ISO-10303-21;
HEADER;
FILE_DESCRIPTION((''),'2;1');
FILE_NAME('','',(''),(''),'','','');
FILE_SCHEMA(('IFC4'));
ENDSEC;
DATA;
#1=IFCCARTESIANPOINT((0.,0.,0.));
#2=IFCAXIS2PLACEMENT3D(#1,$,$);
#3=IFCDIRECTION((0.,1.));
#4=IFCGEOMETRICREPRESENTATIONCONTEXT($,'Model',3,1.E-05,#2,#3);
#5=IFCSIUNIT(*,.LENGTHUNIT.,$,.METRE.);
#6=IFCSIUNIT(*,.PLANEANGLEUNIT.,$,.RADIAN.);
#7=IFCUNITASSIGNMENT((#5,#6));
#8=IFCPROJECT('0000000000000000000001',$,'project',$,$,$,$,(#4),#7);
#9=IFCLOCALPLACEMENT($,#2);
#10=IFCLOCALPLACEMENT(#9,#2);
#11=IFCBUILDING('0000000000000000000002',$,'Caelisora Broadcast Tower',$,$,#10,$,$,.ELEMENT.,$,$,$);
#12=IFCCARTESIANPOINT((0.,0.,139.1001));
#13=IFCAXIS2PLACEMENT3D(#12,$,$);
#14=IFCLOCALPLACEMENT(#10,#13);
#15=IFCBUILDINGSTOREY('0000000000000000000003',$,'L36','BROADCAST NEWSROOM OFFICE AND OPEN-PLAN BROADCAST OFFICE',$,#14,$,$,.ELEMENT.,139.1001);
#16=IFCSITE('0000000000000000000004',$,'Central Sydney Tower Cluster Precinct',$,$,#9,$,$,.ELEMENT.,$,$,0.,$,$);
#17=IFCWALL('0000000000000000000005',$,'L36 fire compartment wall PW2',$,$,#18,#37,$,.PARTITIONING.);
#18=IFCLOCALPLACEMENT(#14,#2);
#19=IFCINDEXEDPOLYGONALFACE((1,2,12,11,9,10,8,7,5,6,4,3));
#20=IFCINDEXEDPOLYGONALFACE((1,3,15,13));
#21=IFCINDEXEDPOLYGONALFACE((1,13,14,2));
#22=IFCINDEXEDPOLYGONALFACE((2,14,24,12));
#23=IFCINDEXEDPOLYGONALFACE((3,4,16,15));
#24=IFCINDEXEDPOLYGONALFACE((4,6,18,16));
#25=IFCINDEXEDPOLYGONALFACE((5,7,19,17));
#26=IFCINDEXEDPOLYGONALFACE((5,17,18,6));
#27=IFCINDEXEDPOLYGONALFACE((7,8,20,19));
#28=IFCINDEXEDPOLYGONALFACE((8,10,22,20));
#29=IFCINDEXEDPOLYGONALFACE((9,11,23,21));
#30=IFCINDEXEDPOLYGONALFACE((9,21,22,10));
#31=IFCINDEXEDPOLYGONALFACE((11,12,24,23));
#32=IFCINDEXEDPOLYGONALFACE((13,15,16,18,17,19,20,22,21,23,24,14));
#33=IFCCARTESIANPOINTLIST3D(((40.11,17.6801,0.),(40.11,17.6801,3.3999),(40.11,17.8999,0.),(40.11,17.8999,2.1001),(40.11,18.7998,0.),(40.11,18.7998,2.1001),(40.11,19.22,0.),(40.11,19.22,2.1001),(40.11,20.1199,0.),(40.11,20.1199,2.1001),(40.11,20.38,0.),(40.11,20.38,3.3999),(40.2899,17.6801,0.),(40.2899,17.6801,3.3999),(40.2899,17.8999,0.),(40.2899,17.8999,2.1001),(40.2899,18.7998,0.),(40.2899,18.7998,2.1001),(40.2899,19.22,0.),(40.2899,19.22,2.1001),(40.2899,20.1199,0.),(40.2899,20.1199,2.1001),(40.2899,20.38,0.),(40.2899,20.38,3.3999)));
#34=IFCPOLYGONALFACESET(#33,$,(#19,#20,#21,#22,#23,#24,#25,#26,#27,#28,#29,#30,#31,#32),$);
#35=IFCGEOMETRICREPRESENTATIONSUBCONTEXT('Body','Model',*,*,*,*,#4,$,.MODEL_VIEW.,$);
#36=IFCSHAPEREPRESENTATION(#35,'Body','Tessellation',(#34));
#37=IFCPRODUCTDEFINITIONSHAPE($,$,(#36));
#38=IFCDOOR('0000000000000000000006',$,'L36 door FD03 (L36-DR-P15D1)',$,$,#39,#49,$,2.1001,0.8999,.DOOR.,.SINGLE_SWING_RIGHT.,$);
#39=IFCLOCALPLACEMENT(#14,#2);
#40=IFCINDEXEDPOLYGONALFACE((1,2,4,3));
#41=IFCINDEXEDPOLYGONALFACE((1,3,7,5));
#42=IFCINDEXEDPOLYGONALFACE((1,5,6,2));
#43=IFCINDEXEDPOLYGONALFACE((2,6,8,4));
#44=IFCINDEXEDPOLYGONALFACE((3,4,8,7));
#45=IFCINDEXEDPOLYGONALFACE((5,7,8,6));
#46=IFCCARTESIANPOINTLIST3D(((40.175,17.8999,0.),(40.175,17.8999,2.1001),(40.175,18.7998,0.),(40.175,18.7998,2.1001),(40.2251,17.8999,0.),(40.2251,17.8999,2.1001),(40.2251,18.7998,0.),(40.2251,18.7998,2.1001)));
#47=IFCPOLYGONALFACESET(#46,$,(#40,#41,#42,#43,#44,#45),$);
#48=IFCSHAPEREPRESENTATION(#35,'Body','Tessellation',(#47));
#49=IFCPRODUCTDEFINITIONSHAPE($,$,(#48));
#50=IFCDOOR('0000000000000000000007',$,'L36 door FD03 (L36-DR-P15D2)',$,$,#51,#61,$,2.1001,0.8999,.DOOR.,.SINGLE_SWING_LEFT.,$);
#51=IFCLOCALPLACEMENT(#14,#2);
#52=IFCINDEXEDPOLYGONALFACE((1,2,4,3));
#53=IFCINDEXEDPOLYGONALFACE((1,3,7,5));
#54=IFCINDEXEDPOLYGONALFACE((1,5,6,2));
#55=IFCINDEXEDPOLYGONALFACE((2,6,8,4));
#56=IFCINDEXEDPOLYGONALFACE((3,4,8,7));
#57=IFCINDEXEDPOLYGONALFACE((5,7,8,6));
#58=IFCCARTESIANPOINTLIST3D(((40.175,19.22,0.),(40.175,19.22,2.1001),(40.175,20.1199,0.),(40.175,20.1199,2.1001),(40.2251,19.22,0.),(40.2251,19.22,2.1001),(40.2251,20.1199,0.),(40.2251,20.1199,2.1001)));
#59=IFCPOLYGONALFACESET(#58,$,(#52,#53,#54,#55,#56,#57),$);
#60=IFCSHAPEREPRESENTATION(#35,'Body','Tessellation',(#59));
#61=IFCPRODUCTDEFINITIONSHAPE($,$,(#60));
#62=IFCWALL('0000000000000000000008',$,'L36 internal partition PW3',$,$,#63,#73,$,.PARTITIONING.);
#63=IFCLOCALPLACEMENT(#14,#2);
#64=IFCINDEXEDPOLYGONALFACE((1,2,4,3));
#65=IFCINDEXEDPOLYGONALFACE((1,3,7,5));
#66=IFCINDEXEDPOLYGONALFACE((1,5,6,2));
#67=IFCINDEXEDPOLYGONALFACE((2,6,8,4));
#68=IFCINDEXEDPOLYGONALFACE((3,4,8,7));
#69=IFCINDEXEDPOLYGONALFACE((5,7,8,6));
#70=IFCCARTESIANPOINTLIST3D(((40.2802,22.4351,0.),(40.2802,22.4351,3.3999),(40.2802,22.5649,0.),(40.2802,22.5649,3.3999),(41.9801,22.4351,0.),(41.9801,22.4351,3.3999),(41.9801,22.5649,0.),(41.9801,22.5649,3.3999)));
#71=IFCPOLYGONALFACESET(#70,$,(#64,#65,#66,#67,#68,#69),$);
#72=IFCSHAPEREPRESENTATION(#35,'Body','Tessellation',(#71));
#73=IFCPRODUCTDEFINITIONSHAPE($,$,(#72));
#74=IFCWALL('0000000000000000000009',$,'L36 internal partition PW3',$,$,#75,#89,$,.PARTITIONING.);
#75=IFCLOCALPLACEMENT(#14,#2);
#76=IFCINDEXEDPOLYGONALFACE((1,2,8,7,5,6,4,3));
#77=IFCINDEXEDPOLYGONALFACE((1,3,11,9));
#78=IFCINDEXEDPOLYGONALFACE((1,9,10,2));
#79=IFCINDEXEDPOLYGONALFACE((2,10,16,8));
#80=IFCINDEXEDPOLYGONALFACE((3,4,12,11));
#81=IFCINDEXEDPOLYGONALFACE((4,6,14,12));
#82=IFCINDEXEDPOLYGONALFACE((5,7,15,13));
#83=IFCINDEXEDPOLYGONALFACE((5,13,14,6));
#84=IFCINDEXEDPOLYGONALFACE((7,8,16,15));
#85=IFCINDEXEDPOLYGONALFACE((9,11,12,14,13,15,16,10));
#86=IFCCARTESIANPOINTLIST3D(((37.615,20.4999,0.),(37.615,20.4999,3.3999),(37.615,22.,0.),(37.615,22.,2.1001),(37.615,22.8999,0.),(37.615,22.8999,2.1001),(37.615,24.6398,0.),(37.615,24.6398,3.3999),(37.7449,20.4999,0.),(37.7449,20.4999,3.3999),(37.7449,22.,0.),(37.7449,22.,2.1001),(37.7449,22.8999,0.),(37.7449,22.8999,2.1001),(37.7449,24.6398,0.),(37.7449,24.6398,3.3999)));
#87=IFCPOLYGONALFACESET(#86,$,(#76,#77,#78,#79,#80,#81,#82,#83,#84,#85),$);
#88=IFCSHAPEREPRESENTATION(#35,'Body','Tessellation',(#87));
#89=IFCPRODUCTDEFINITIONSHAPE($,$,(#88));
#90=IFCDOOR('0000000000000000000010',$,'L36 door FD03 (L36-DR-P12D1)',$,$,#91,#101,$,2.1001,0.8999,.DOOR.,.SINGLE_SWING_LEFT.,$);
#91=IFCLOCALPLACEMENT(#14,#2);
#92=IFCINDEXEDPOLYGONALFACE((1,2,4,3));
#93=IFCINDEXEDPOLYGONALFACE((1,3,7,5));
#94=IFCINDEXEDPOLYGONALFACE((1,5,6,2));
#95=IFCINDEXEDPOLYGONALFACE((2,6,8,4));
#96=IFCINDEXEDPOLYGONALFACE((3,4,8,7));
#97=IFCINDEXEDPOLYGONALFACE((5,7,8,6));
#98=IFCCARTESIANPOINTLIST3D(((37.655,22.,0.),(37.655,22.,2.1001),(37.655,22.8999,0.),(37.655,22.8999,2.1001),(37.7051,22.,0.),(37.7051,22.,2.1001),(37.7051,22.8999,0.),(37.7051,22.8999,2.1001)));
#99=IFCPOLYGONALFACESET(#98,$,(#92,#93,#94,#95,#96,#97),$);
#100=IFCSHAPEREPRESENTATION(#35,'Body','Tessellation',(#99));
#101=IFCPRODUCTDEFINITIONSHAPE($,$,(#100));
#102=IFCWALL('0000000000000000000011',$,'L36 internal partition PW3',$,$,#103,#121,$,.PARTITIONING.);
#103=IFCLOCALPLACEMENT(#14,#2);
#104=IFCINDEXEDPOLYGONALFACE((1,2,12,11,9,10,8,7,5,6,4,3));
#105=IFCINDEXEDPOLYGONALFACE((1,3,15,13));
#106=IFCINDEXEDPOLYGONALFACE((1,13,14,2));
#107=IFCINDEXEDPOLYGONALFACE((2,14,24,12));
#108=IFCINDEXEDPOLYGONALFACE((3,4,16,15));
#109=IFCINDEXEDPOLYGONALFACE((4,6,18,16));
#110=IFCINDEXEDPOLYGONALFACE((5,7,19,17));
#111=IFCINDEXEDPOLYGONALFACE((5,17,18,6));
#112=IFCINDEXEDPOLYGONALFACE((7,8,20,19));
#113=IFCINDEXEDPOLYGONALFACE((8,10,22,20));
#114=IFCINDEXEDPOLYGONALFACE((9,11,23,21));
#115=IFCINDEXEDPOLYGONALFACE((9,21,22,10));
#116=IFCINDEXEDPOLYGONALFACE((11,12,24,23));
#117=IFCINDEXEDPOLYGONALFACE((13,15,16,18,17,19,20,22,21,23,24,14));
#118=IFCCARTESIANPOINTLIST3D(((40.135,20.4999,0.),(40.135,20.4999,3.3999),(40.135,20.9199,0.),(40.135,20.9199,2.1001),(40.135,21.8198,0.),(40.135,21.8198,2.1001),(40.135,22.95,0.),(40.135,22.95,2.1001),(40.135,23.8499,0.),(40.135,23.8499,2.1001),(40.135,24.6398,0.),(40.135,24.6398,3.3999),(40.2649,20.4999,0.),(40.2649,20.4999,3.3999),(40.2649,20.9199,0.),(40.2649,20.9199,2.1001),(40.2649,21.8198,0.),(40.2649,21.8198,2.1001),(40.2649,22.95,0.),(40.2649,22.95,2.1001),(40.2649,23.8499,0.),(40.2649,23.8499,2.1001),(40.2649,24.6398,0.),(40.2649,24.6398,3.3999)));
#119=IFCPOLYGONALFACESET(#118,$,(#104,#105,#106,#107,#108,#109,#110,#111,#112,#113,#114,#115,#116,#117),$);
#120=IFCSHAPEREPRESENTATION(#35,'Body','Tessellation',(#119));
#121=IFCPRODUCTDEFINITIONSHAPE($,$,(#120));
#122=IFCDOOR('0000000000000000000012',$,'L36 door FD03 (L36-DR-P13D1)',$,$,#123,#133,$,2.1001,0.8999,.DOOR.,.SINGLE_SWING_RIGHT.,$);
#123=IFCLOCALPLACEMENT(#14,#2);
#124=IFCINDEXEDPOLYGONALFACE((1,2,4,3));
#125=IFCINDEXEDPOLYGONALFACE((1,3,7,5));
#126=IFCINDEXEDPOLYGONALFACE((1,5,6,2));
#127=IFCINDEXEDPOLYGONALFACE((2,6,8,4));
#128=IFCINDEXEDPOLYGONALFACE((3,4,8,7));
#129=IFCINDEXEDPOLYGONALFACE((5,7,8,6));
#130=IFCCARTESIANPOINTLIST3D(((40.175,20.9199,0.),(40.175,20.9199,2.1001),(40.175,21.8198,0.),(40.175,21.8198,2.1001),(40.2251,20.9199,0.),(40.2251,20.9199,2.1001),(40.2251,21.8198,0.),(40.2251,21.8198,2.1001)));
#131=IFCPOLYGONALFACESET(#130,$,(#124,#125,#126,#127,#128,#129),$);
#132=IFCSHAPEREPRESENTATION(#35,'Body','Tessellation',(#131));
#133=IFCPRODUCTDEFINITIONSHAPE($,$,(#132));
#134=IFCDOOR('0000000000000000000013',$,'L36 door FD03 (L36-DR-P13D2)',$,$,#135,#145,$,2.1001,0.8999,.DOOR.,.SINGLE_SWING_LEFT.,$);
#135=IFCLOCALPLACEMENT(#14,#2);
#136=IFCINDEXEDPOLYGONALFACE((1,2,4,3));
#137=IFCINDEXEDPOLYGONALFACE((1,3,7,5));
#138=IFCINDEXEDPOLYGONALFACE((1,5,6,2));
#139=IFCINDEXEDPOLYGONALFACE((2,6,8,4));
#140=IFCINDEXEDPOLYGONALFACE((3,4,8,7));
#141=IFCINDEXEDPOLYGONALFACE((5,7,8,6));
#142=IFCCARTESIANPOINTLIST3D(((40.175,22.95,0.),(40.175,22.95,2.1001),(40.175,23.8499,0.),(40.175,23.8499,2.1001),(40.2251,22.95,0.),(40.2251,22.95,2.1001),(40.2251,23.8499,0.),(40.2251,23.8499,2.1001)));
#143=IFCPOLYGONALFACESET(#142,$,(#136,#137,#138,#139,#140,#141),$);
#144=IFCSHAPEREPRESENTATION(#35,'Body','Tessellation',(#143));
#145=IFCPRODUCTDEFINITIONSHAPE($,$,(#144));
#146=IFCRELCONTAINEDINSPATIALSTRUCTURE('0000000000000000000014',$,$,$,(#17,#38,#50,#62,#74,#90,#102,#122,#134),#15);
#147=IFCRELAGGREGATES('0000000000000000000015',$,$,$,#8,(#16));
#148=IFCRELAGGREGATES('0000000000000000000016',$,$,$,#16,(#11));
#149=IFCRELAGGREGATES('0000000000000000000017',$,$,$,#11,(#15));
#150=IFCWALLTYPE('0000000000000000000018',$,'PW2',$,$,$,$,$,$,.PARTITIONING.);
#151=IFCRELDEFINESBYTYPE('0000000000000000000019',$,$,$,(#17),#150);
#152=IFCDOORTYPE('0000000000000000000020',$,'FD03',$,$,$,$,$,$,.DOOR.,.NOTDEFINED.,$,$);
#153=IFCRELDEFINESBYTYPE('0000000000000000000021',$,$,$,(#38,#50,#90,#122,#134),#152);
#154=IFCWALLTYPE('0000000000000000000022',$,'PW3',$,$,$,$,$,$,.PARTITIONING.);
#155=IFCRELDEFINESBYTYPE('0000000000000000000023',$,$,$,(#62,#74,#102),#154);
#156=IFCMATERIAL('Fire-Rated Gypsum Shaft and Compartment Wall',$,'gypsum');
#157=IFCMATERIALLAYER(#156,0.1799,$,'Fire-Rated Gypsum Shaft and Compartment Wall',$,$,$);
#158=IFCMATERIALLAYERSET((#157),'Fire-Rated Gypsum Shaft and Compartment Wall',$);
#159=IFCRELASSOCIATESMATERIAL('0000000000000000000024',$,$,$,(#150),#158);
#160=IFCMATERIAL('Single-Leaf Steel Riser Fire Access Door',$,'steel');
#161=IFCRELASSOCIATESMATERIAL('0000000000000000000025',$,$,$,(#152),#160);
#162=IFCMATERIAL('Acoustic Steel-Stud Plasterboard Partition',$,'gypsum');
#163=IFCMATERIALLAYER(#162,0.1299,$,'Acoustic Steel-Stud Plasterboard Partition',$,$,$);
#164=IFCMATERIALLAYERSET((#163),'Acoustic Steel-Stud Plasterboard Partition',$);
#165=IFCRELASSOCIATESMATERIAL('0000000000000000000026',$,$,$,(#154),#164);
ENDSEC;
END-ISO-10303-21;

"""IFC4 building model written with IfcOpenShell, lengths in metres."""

from ifc_helpers import new_model, si_unit, direction, frame, frame_2d, origin, place, context, subcontext, project, spatial, rectangle, extrude, material, layer, layer_set, type_object, element, fill, save


model = new_model("IFC4")

# Units and contexts
model_context = context("Model", 3, precision=1e-05, world=origin(), true_north=direction((0.0, 1.0)))
body_context = subcontext(model_context, "Body", "Model", "MODEL_VIEW")
ifc_project = project(units=[si_unit("LENGTHUNIT", "METRE"), si_unit("PLANEANGLEUNIT", "RADIAN")], contexts=[model_context])

# Site, building, storey
site_placement = place(None, origin())
site = spatial("IfcSite", under=ifc_project, at=site_placement, Name="Central Sydney Tower Cluster Precinct", CompositionType="ELEMENT", RefElevation=0.0)
building_placement = place(site_placement, origin())
building = spatial("IfcBuilding", under=site, at=building_placement, Name="Caelisora Broadcast Tower", CompositionType="ELEMENT")
storey_placement = place(building_placement, frame((0.0, 0.0, 139.1001)))
storey = spatial("IfcBuildingStorey", under=building, at=storey_placement, Name="L36", Description="BROADCAST NEWSROOM OFFICE AND OPEN-PLAN BROADCAST OFFICE", CompositionType="ELEMENT", Elevation=139.1001)

# Shared definitions
ifc_material_1 = material(Name="Fire-Rated Gypsum Shaft and Compartment Wall", Category="gypsum")
ifc_layer_1 = layer(ifc_material_1, 0.1799, Name="Fire-Rated Gypsum Shaft and Compartment Wall")
ifc_layer_set_1 = layer_set([ifc_layer_1], Name="Fire-Rated Gypsum Shaft and Compartment Wall")
wall_type_1 = type_object("IfcWallType", Name="PW2", PredefinedType="PARTITIONING", material=ifc_layer_set_1)

# Wall, openings, doors
wall_1_placement = place(storey_placement, frame((40.2, 17.6799, 0.0), z_axis=(0.0, 0.0, 1.0), x_axis=(0.0, 1.0, 0.0)))
wall_1 = element("IfcWall", 1, at=wall_1_placement, inside=storey, type_object=wall_type_1, Name="L36 fire compartment wall PW2", PredefinedType="PARTITIONING", context=body_context, shape_type="SweptSolid", body=[
    extrude(rectangle(XDim=2.7, YDim=0.1799, at=frame_2d((1.3501, 0.0))), origin(), (0.0, 0.0, 1.0), 3.3999),
])
opening_1_placement = place(wall_1_placement, frame((0.22, 0.0, 0.0)))
opening_1 = element("IfcOpeningElement", 2, at=opening_1_placement, cuts=wall_1, PredefinedType="OPENING", context=body_context, shape_type="SweptSolid", body=[
    extrude(rectangle(XDim=0.8999, YDim=2.1001, at=frame_2d((0.45, 1.05))), frame((0.0, 0.1021, 0.0), z_axis=(0.0, -1.0, 0.0), x_axis=(1.0, 0.0, 0.0)), (0.0, 0.0, 1.0), 0.2039),
])
opening_2_placement = place(wall_1_placement, frame((1.54, 0.0, 0.0)))
opening_2 = element("IfcOpeningElement", 3, at=opening_2_placement, cuts=wall_1, PredefinedType="OPENING", context=body_context, shape_type="SweptSolid", body=[
    extrude(rectangle(XDim=0.8999, YDim=2.1001, at=frame_2d((0.45, 1.05))), frame((0.0, 0.1021, 0.0), z_axis=(0.0, -1.0, 0.0), x_axis=(1.0, 0.0, 0.0)), (0.0, 0.0, 1.0), 0.2039),
])
ifc_material_2 = material(Name="Single-Leaf Steel Riser Fire Access Door", Category="steel")
door_type_1 = type_object("IfcDoorType", Name="FD03", OperationType="NOTDEFINED", PredefinedType="DOOR", material=ifc_material_2)
door_1_placement = place(opening_1_placement, origin())
door_1 = element("IfcDoor", 4, at=door_1_placement, inside=storey, type_object=door_type_1, Name="L36 door FD03 (L36-DR-P15D1)", OperationType="SINGLE_SWING_RIGHT", OverallHeight=2.1001, OverallWidth=0.8999, PredefinedType="DOOR", context=body_context, shape_type="SweptSolid", body=[
    extrude(rectangle(XDim=0.8999, YDim=2.1001, at=frame_2d((0.45, 1.05))), frame((0.0, 0.0249, 0.0), z_axis=(0.0, -1.0, 0.0), x_axis=(1.0, 0.0, 0.0)), (0.0, 0.0, 1.0), 0.05),
])
fill(opening_1, door_1)
door_2_placement = place(opening_2_placement, origin())
door_2 = element("IfcDoor", 5, at=door_2_placement, inside=storey, type_object=door_type_1, Name="L36 door FD03 (L36-DR-P15D2)", OperationType="SINGLE_SWING_LEFT", OverallHeight=2.1001, OverallWidth=0.8999, PredefinedType="DOOR", context=body_context, shape_type="SweptSolid", body=[
    extrude(rectangle(XDim=0.8999, YDim=2.1001, at=frame_2d((0.45, 1.05))), frame((0.0, 0.0249, 0.0), z_axis=(0.0, -1.0, 0.0), x_axis=(1.0, 0.0, 0.0)), (0.0, 0.0, 1.0), 0.05),
])
fill(opening_2, door_2)

# Wall
ifc_material_3 = material(Name="Acoustic Steel-Stud Plasterboard Partition", Category="gypsum")
ifc_layer_2 = layer(ifc_material_3, 0.1299, Name="Acoustic Steel-Stud Plasterboard Partition")
ifc_layer_set_2 = layer_set([ifc_layer_2], Name="Acoustic Steel-Stud Plasterboard Partition")
wall_type_2 = type_object("IfcWallType", Name="PW3", PredefinedType="PARTITIONING", material=ifc_layer_set_2)
wall_2_placement = place(storey_placement, frame((40.28, 22.5, 0.0), z_axis=(0.0, 0.0, 1.0), x_axis=(1.0, 0.0, 0.0)))
element("IfcWall", 6, at=wall_2_placement, inside=storey, type_object=wall_type_2, Name="L36 internal partition PW3", PredefinedType="PARTITIONING", context=body_context, shape_type="SweptSolid", body=[
    extrude(rectangle(XDim=1.7, YDim=0.1299, at=frame_2d((0.8501, 0.0))), origin(), (0.0, 0.0, 1.0), 3.3999),
])

# Wall, opening, door
wall_3_placement = place(storey_placement, frame((37.6799, 20.5, 0.0), z_axis=(0.0, 0.0, 1.0), x_axis=(0.0, 1.0, 0.0)))
wall_3 = element("IfcWall", 7, at=wall_3_placement, inside=storey, type_object=wall_type_2, Name="L36 internal partition PW3", PredefinedType="PARTITIONING", context=body_context, shape_type="SweptSolid", body=[
    extrude(rectangle(XDim=4.1399, YDim=0.1299, at=frame_2d((2.0698, 0.0))), origin(), (0.0, 0.0, 1.0), 3.3999),
])
opening_3_placement = place(wall_3_placement, frame((1.5, 0.0, 0.0)))
opening_3 = element("IfcOpeningElement", 8, at=opening_3_placement, cuts=wall_3, PredefinedType="OPENING", context=body_context, shape_type="SweptSolid", body=[
    extrude(rectangle(XDim=0.8999, YDim=2.1001, at=frame_2d((0.45, 1.05))), frame((0.0, 0.0769, 0.0), z_axis=(0.0, -1.0, 0.0), x_axis=(1.0, 0.0, 0.0)), (0.0, 0.0, 1.0), 0.1538),
])
door_3_placement = place(opening_3_placement, origin())
door_3 = element("IfcDoor", 9, at=door_3_placement, inside=storey, type_object=door_type_1, Name="L36 door FD03 (L36-DR-P12D1)", OperationType="SINGLE_SWING_LEFT", OverallHeight=2.1001, OverallWidth=0.8999, PredefinedType="DOOR", context=body_context, shape_type="SweptSolid", body=[
    extrude(rectangle(XDim=0.8999, YDim=2.1001, at=frame_2d((0.45, 1.05))), frame((0.0, 0.0249, 0.0), z_axis=(0.0, -1.0, 0.0), x_axis=(1.0, 0.0, 0.0)), (0.0, 0.0, 1.0), 0.05),
])
fill(opening_3, door_3)

# Wall, openings, doors
wall_4_placement = place(storey_placement, frame((40.2, 20.5, 0.0), z_axis=(0.0, 0.0, 1.0), x_axis=(0.0, 1.0, 0.0)))
wall_4 = element("IfcWall", 10, at=wall_4_placement, inside=storey, type_object=wall_type_2, Name="L36 internal partition PW3", PredefinedType="PARTITIONING", context=body_context, shape_type="SweptSolid", body=[
    extrude(rectangle(XDim=4.1399, YDim=0.1299, at=frame_2d((2.0698, 0.0))), origin(), (0.0, 0.0, 1.0), 3.3999),
])
opening_4_placement = place(wall_4_placement, frame((0.4199, 0.0, 0.0)))
opening_4 = element("IfcOpeningElement", 11, at=opening_4_placement, cuts=wall_4, PredefinedType="OPENING", context=body_context, shape_type="SweptSolid", body=[
    extrude(rectangle(XDim=0.8999, YDim=2.1001, at=frame_2d((0.45, 1.05))), frame((0.0, 0.0769, 0.0), z_axis=(0.0, -1.0, 0.0), x_axis=(1.0, 0.0, 0.0)), (0.0, 0.0, 1.0), 0.1538),
])
opening_5_placement = place(wall_4_placement, frame((2.45, 0.0, 0.0)))
opening_5 = element("IfcOpeningElement", 12, at=opening_5_placement, cuts=wall_4, PredefinedType="OPENING", context=body_context, shape_type="SweptSolid", body=[
    extrude(rectangle(XDim=0.8999, YDim=2.1001, at=frame_2d((0.45, 1.05))), frame((0.0, 0.0769, 0.0), z_axis=(0.0, -1.0, 0.0), x_axis=(1.0, 0.0, 0.0)), (0.0, 0.0, 1.0), 0.1538),
])
door_4_placement = place(opening_4_placement, origin())
door_4 = element("IfcDoor", 13, at=door_4_placement, inside=storey, type_object=door_type_1, Name="L36 door FD03 (L36-DR-P13D1)", OperationType="SINGLE_SWING_RIGHT", OverallHeight=2.1001, OverallWidth=0.8999, PredefinedType="DOOR", context=body_context, shape_type="SweptSolid", body=[
    extrude(rectangle(XDim=0.8999, YDim=2.1001, at=frame_2d((0.45, 1.05))), frame((0.0, 0.0249, 0.0), z_axis=(0.0, -1.0, 0.0), x_axis=(1.0, 0.0, 0.0)), (0.0, 0.0, 1.0), 0.05),
])
fill(opening_4, door_4)
door_5_placement = place(opening_5_placement, origin())
door_5 = element("IfcDoor", 14, at=door_5_placement, inside=storey, type_object=door_type_1, Name="L36 door FD03 (L36-DR-P13D2)", OperationType="SINGLE_SWING_LEFT", OverallHeight=2.1001, OverallWidth=0.8999, PredefinedType="DOOR", context=body_context, shape_type="SweptSolid", body=[
    extrude(rectangle(XDim=0.8999, YDim=2.1001, at=frame_2d((0.45, 1.05))), frame((0.0, 0.0249, 0.0), z_axis=(0.0, -1.0, 0.0), x_axis=(1.0, 0.0, 0.0)), (0.0, 0.0, 1.0), 0.05),
])
fill(opening_5, door_5)

save(model, "model.ifc")
